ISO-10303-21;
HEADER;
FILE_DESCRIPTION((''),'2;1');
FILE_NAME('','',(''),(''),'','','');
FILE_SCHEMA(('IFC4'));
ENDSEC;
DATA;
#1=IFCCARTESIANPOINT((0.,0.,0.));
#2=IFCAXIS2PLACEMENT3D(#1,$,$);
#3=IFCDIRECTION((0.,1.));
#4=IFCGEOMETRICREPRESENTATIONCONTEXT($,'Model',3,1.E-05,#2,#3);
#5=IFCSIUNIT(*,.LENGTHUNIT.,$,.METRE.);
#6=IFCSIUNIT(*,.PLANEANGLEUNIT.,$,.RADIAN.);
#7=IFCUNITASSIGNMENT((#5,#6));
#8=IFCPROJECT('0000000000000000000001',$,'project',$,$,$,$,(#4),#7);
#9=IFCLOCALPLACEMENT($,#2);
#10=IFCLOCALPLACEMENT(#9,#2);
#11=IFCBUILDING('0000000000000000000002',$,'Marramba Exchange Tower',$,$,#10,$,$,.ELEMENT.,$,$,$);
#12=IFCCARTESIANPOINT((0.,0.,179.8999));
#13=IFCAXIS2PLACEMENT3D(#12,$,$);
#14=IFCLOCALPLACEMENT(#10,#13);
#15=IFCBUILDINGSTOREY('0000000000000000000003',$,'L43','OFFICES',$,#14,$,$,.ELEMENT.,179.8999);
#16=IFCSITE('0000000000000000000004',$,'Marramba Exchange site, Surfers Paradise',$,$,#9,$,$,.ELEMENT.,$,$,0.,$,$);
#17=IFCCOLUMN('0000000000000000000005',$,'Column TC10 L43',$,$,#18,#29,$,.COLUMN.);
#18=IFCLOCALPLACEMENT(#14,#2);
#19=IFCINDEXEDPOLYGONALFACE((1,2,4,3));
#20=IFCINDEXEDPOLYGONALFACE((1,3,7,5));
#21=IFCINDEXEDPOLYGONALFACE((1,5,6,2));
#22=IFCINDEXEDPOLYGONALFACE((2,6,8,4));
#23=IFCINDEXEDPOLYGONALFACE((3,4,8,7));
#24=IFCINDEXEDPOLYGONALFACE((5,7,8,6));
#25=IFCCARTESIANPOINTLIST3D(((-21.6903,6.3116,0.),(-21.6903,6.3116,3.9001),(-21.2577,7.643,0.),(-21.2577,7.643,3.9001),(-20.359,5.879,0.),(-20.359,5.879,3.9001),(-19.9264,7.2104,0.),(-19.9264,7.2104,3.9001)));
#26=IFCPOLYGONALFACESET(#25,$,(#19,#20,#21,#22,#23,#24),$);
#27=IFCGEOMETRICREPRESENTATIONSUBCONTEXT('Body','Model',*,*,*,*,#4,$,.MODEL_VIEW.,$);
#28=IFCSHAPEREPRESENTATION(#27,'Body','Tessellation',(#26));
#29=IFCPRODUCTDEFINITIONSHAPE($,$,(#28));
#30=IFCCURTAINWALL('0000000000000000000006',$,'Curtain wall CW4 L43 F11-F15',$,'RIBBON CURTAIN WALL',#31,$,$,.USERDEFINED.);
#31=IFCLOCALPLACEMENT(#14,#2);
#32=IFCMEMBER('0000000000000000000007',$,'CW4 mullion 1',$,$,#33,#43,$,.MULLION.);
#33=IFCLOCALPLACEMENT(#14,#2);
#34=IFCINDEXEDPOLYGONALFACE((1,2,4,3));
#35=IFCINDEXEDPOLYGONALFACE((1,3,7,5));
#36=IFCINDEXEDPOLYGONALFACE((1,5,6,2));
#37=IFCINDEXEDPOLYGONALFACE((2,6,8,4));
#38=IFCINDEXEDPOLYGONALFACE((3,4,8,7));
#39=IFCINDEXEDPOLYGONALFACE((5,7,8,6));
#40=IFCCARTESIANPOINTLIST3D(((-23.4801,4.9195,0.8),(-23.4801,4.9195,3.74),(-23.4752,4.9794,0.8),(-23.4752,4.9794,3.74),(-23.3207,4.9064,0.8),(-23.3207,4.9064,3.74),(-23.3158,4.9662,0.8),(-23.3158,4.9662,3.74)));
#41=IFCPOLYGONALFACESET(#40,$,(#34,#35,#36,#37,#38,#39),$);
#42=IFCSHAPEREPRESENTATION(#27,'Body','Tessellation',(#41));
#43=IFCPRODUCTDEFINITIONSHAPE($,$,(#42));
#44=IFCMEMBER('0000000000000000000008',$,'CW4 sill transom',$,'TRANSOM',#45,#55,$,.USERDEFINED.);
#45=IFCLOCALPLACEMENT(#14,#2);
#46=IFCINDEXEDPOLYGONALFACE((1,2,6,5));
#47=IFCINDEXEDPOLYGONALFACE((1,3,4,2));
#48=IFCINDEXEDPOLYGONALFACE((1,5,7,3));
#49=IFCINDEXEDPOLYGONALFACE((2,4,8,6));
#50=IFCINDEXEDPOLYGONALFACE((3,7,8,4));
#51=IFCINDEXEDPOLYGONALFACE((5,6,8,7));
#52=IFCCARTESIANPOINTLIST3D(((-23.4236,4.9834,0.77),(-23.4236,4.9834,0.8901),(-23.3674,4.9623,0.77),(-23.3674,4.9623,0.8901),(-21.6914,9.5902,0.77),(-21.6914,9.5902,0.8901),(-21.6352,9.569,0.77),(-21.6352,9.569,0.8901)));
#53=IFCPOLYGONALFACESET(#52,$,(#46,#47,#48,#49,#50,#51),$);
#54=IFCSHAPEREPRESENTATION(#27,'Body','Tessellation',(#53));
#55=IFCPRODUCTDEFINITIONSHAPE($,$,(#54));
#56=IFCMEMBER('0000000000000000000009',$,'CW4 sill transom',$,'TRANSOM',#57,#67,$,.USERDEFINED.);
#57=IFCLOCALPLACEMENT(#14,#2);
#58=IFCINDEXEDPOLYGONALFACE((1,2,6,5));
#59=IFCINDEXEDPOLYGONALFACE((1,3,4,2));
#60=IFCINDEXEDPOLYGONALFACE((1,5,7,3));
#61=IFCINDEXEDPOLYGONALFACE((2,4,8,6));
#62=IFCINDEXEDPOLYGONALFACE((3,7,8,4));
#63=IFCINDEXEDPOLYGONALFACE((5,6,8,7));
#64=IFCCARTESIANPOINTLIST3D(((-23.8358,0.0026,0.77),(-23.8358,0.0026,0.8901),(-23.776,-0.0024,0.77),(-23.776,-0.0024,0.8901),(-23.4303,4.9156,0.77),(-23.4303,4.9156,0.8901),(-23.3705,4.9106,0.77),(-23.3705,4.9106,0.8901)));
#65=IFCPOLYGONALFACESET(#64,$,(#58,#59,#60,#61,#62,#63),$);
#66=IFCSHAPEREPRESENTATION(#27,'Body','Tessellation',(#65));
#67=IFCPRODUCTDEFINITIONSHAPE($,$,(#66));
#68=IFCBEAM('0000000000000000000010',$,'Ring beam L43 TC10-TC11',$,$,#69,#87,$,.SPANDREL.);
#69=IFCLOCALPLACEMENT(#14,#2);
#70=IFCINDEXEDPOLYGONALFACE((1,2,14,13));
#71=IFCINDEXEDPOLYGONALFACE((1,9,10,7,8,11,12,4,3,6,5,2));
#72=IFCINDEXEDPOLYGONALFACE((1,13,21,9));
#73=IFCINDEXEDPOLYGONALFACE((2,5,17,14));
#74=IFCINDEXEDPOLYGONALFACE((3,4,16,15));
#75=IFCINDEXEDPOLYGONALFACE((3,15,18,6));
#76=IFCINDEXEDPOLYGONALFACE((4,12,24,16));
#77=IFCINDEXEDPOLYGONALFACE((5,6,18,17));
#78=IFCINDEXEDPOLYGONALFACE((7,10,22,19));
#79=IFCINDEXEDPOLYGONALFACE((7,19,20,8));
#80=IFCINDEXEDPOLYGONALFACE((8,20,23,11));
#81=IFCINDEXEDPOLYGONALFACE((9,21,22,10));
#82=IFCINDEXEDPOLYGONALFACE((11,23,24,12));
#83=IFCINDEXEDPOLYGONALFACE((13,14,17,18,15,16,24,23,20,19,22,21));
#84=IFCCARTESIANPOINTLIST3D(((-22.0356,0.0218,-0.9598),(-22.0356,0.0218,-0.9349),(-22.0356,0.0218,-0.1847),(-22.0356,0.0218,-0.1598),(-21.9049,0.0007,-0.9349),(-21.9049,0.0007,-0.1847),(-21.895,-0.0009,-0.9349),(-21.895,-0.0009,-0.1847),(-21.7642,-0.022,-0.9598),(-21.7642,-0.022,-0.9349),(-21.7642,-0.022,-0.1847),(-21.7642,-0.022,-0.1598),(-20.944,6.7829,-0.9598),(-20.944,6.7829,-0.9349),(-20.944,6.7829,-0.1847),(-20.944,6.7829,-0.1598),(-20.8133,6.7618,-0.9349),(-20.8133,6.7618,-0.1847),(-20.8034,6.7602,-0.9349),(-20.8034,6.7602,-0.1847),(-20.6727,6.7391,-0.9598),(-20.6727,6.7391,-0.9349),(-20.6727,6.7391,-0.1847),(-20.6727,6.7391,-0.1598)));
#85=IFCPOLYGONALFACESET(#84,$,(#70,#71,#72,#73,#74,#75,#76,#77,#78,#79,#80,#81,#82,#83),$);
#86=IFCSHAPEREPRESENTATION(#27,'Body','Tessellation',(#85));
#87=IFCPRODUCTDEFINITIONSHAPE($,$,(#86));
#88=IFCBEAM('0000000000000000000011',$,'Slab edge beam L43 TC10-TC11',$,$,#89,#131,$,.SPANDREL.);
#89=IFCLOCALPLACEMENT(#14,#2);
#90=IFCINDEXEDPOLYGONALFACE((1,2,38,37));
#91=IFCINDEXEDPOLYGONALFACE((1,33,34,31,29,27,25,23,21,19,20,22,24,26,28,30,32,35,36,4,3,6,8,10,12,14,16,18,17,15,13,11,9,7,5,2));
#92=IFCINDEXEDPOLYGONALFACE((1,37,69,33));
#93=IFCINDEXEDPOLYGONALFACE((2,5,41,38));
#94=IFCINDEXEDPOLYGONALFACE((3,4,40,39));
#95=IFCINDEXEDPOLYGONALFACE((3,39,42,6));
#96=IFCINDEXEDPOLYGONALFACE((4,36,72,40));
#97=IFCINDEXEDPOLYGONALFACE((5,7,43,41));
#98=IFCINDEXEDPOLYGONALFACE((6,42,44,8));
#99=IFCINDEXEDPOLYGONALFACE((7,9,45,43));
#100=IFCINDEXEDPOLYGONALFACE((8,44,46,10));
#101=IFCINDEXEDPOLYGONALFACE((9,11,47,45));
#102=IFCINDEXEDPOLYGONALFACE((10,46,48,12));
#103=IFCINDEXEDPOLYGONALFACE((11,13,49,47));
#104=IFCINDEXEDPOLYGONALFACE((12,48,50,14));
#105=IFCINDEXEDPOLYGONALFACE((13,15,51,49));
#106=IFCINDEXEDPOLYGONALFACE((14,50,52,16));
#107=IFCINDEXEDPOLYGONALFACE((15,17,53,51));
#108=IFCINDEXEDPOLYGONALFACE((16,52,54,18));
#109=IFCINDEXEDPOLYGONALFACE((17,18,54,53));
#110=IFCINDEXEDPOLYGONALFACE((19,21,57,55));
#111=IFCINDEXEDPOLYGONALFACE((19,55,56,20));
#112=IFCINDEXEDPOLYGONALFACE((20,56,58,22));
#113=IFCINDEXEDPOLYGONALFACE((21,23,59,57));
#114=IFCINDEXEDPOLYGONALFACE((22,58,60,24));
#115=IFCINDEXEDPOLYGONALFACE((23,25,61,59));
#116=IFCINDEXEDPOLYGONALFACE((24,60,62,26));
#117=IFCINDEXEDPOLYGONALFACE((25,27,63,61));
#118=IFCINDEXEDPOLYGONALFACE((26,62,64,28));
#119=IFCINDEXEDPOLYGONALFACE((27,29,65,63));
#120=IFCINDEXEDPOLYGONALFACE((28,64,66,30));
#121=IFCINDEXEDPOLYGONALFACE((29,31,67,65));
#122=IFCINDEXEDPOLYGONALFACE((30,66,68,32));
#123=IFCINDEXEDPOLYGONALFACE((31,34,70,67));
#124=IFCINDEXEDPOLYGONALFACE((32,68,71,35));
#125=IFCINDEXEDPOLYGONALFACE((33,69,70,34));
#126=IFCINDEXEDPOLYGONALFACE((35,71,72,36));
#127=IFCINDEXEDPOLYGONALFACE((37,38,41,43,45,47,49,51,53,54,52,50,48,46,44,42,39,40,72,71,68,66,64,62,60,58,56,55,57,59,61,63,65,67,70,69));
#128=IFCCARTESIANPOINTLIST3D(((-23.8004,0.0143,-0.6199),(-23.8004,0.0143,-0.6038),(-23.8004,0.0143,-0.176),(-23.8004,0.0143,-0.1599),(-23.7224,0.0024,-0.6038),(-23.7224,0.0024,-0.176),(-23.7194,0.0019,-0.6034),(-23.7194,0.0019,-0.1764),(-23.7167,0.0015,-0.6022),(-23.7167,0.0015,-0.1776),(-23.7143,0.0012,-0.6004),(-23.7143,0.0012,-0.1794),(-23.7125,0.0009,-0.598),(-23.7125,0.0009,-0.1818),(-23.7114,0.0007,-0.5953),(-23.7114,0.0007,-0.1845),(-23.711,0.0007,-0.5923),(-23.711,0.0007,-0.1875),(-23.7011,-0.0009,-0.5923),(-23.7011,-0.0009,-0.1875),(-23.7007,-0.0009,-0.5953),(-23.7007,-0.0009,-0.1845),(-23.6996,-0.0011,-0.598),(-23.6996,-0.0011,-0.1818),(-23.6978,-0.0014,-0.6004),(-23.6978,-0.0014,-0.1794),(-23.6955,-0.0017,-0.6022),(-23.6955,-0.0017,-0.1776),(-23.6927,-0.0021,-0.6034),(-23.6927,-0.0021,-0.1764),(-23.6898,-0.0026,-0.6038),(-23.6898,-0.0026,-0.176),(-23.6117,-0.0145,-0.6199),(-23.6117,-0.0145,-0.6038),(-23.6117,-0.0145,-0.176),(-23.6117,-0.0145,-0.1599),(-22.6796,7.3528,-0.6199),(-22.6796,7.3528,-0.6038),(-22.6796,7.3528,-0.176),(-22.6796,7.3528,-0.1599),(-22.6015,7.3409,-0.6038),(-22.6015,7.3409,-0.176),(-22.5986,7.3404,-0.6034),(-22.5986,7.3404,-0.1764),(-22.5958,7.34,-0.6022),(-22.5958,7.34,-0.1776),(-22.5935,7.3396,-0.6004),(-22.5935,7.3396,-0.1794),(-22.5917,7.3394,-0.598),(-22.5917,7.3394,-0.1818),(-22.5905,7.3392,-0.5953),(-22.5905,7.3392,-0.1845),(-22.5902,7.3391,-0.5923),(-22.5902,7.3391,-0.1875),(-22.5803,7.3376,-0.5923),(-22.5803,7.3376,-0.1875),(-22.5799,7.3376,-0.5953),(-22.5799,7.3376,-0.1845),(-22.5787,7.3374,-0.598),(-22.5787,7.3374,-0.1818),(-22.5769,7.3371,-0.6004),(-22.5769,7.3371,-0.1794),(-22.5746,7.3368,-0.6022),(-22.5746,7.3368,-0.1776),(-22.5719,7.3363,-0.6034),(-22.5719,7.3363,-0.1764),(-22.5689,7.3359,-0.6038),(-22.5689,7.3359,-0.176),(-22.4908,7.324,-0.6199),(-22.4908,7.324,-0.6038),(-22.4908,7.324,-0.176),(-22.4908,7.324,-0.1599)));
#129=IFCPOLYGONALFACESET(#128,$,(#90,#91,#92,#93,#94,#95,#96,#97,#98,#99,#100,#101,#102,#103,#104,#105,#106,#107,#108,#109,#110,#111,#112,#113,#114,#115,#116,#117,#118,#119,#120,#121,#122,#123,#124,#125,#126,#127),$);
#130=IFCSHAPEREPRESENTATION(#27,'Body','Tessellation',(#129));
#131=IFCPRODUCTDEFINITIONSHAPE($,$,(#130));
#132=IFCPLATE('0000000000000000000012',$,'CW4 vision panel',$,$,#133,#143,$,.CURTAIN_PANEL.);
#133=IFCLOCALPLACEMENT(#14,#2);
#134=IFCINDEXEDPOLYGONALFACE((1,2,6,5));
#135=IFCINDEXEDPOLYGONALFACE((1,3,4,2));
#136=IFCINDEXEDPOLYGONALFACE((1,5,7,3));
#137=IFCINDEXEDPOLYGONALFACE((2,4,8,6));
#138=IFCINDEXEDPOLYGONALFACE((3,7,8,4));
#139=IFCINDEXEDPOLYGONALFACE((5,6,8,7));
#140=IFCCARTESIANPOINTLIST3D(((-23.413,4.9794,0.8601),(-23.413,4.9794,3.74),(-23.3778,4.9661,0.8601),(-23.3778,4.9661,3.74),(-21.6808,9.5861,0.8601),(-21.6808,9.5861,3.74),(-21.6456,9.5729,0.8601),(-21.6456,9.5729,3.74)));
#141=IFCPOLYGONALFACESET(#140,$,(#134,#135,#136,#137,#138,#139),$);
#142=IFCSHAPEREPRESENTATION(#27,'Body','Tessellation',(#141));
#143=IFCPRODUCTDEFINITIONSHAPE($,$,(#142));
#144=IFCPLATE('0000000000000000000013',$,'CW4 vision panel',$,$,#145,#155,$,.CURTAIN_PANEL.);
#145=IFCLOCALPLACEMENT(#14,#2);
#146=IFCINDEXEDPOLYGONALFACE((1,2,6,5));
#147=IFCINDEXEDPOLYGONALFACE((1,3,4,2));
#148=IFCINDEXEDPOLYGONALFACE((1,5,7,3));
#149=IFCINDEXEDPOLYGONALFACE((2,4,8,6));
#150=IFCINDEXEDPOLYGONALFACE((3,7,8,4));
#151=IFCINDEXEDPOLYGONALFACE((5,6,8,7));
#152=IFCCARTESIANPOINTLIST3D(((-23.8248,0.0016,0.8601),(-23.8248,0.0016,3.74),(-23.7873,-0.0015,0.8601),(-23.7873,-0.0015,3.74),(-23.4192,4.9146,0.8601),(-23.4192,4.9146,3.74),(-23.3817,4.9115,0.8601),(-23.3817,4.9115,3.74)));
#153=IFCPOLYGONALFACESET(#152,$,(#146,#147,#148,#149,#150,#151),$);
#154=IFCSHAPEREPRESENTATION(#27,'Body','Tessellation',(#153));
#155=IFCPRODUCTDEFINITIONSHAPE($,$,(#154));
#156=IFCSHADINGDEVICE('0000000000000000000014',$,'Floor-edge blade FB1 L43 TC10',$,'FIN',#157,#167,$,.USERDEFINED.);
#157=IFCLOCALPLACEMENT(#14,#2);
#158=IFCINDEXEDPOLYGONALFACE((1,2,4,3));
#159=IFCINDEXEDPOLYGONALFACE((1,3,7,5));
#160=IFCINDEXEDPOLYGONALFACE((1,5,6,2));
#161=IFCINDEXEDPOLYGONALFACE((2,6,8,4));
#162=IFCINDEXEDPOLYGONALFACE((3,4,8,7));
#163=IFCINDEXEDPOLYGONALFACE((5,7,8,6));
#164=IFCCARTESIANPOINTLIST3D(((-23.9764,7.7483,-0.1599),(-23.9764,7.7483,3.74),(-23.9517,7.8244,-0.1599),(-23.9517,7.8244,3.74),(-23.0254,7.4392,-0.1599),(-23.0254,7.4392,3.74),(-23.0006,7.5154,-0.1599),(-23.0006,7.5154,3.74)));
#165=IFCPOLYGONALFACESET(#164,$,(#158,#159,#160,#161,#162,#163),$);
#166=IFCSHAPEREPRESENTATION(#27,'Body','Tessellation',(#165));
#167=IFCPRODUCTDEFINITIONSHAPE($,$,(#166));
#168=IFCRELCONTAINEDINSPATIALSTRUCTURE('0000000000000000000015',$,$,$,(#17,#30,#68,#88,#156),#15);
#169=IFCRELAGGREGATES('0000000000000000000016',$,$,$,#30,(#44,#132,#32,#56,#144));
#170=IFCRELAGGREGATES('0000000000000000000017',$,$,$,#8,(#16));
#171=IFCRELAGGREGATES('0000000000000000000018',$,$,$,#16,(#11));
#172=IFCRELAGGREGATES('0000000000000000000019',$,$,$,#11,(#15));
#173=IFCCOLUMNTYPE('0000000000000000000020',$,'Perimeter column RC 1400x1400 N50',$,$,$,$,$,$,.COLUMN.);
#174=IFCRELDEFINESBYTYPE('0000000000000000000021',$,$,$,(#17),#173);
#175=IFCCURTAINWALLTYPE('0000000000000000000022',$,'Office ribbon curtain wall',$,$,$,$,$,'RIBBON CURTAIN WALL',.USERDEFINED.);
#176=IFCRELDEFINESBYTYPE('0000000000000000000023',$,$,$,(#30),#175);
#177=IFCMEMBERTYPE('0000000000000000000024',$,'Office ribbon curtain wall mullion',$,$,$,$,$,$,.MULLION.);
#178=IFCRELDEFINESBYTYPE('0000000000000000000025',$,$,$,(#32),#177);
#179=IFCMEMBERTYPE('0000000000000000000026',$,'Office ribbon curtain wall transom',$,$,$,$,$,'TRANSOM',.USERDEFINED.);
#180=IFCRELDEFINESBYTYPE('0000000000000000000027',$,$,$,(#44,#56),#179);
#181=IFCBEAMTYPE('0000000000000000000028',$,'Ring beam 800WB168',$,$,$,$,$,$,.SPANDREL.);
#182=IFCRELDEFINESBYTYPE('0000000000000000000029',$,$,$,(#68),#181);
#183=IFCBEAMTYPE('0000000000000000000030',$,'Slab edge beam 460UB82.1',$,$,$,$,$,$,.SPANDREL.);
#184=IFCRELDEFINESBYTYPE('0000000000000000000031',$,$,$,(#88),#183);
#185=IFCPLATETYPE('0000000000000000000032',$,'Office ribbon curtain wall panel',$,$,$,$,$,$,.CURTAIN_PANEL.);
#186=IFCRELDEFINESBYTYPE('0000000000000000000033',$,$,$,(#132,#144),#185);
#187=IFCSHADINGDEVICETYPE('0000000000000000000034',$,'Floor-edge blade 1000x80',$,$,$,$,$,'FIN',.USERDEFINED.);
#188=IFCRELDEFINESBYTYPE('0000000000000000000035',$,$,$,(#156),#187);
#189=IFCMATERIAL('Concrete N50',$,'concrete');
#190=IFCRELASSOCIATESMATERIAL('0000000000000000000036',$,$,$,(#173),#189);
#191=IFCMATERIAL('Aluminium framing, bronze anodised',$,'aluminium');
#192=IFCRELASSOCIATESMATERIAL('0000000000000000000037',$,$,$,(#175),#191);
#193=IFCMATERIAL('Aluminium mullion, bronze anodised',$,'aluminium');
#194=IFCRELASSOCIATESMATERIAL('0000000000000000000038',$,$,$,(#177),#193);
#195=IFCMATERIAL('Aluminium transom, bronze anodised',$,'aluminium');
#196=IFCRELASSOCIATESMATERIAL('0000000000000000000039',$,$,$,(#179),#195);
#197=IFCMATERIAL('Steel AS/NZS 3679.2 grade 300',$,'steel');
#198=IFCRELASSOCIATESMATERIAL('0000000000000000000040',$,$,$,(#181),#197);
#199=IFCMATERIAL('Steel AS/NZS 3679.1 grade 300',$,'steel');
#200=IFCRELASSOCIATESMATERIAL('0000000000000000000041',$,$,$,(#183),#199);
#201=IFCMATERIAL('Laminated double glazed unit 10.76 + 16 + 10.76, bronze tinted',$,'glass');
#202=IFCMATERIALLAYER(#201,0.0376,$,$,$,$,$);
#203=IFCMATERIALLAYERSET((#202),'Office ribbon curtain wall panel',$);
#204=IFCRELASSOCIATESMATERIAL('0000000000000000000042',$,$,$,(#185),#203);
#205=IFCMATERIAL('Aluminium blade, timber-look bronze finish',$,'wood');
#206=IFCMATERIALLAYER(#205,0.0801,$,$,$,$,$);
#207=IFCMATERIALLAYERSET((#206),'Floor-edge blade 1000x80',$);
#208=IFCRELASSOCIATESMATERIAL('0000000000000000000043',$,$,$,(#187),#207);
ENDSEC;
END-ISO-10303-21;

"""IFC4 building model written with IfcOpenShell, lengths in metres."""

from ifc_helpers import new_model, si_unit, direction, frame, origin, origin_2d, place, context, subcontext, project, spatial, rectangle, i_section, extrude, material, layer, layer_set, material_profile, profile_set, type_object, element, aggregate, save


model = new_model("IFC4")

# Units and contexts
model_context = context("Model", 3, precision=1e-05, world=origin(), true_north=direction((0.0, 1.0)))
body_context = subcontext(model_context, "Body", "Model", "MODEL_VIEW")
ifc_project = project(units=[si_unit("LENGTHUNIT", "METRE"), si_unit("PLANEANGLEUNIT", "RADIAN")], contexts=[model_context])

# Site, building, storey
site_placement = place(None, origin())
site = spatial("IfcSite", under=ifc_project, at=site_placement, Name="Marramba Exchange site, Surfers Paradise", CompositionType="ELEMENT", RefElevation=0.0)
building_placement = place(site_placement, origin())
building = spatial("IfcBuilding", under=site, at=building_placement, Name="Marramba Exchange Tower", CompositionType="ELEMENT")
storey_placement = place(building_placement, frame((0.0, 0.0, 179.8999)))
storey = spatial("IfcBuildingStorey", under=building, at=storey_placement, Name="L43", Description="OFFICES", CompositionType="ELEMENT", Elevation=179.8999)

# Column
ifc_material_1 = material(Name="Concrete N50", Category="concrete")
ifc_material_profile_1 = material_profile(ifc_material_1, rectangle(XDim=1.3999, YDim=1.3999, at=origin_2d()), Name="RC 1400x1400")
ifc_profile_set_1 = profile_set([ifc_material_profile_1], Name="Concrete N50")
column_type = type_object("IfcColumnType", Name="Perimeter column RC 1400x1400 N50", PredefinedType="COLUMN", material=ifc_profile_set_1)
column_placement = place(storey_placement, frame((-20.8083, 6.761, 0.0), z_axis=(0.0, 0.0, 1.0), x_axis=(-0.951057, 0.309017, 0.0)))
element("IfcColumn", 1, at=column_placement, inside=storey, type_object=column_type, Name="Column TC10 L43", PredefinedType="COLUMN", context=body_context, shape_type="SweptSolid", body=[
    extrude(rectangle(XDim=1.3999, YDim=1.3999, at=origin_2d()), origin(), (0.0, 0.0, 1.0), 3.9001),
])

# Curtain wall, members
ifc_material_2 = material(Name="Aluminium framing, bronze anodised", Category="aluminium")
curtain_wall_type = type_object("IfcCurtainWallType", Name="Office ribbon curtain wall", ElementType="RIBBON CURTAIN WALL", PredefinedType="USERDEFINED", material=ifc_material_2)
curtain_wall_placement = place(storey_placement, origin())
curtain_wall = element("IfcCurtainWall", 2, at=curtain_wall_placement, inside=storey, type_object=curtain_wall_type, Name="Curtain wall CW4 L43 F11-F15", ObjectType="RIBBON CURTAIN WALL", PredefinedType="USERDEFINED")
ifc_material_3 = material(Name="Aluminium mullion, bronze anodised", Category="aluminium")
ifc_material_profile_2 = material_profile(ifc_material_3, rectangle(XDim=0.1599, YDim=0.0601, at=origin_2d()), Name="CW4 mullion 60x160")
ifc_profile_set_2 = profile_set([ifc_material_profile_2], Name="Aluminium mullion, bronze anodised")
member_type_1 = type_object("IfcMemberType", Name="Office ribbon curtain wall mullion", PredefinedType="MULLION", material=ifc_profile_set_2)
member_1_placement = place(storey_placement, frame((-23.3979, 4.9429, 0.8), z_axis=(0.0, 0.0, 1.0), x_axis=(0.996609, -0.082281, 0.0)))
member_1 = element("IfcMember", 3, at=member_1_placement, type_object=member_type_1, Name="CW4 mullion 1", PredefinedType="MULLION", context=body_context, shape_type="SweptSolid", body=[
    extrude(rectangle(XDim=0.1599, YDim=0.0601, at=origin_2d()), origin(), (0.0, 0.0, 1.0), 2.9399),
])
ifc_material_4 = material(Name="Aluminium transom, bronze anodised", Category="aluminium")
ifc_material_profile_3 = material_profile(ifc_material_4, rectangle(XDim=0.0601, YDim=0.1201, at=origin_2d()), Name="CW4 transom 60x120")
ifc_profile_set_3 = profile_set([ifc_material_profile_3], Name="Aluminium transom, bronze anodised")
member_type_2 = type_object("IfcMemberType", Name="Office ribbon curtain wall transom", ElementType="TRANSOM", PredefinedType="USERDEFINED", material=ifc_profile_set_3)
member_2_placement = place(storey_placement, frame((-21.6633, 9.5796, 0.8301), z_axis=(-0.351955, -0.936017, 0.0), x_axis=(0.936017, -0.351955, 0.0)))
member_2 = element("IfcMember", 4, at=member_2_placement, type_object=member_type_2, Name="CW4 sill transom", ObjectType="TRANSOM", PredefinedType="USERDEFINED", context=body_context, shape_type="SweptSolid", body=[
    extrude(rectangle(XDim=0.0601, YDim=0.1201, at=origin_2d()), origin(), (0.0, 0.0, 1.0), 4.9216),
])
member_3_placement = place(storey_placement, frame((-23.4004, 4.9131, 0.8301), z_axis=(-0.082259, -0.996611, 0.0), x_axis=(0.996611, -0.082259, 0.0)))
member_3 = element("IfcMember", 5, at=member_3_placement, type_object=member_type_2, Name="CW4 sill transom", ObjectType="TRANSOM", PredefinedType="USERDEFINED", context=body_context, shape_type="SweptSolid", body=[
    extrude(rectangle(XDim=0.0601, YDim=0.1201, at=origin_2d()), origin(), (0.0, 0.0, 1.0), 4.9297),
])

# Beams
ifc_material_5 = material(Name="Steel AS/NZS 3679.2 grade 300", Category="steel")
ifc_material_profile_4 = material_profile(ifc_material_5, i_section(OverallWidth=0.2749, OverallDepth=0.8, WebThickness=0.01, FlangeThickness=0.0249, at=origin_2d()), Name="800WB168")
ifc_profile_set_4 = profile_set([ifc_material_profile_4], Name="Steel AS/NZS 3679.2 grade 300")
beam_type_1 = type_object("IfcBeamType", Name="Ring beam 800WB168", PredefinedType="SPANDREL", material=ifc_profile_set_4)
beam_1_placement = place(storey_placement, frame((-20.8083, 6.761, -0.5598), z_axis=(-0.159385, -0.987217, 0.0), x_axis=(0.987217, -0.159385, 0.0)))
element("IfcBeam", 6, at=beam_1_placement, inside=storey, type_object=beam_type_1, Name="Ring beam L43 TC10-TC11", PredefinedType="SPANDREL", context=body_context, shape_type="SweptSolid", body=[
    extrude(i_section(OverallWidth=0.2749, OverallDepth=0.8, WebThickness=0.01, FlangeThickness=0.0249, at=origin_2d()), origin(), (0.0, 0.0, 1.0), 6.8486),
])
ifc_material_6 = material(Name="Steel AS/NZS 3679.1 grade 300", Category="steel")
ifc_material_profile_5 = material_profile(ifc_material_6, i_section(OverallWidth=0.1909, OverallDepth=0.46, WebThickness=0.01, FlangeThickness=0.0161, FilletRadius=0.0115, at=origin_2d()), Name="460UB82.1")
ifc_profile_set_5 = profile_set([ifc_material_profile_5], Name="Steel AS/NZS 3679.1 grade 300")
beam_type_2 = type_object("IfcBeamType", Name="Slab edge beam 460UB82.1", PredefinedType="SPANDREL", material=ifc_profile_set_5)
beam_2_placement = place(storey_placement, frame((-22.5852, 7.3384, -0.3899), z_axis=(-0.150987, -0.988536, 0.0), x_axis=(0.988536, -0.150987, 0.0)))
element("IfcBeam", 7, at=beam_2_placement, inside=storey, type_object=beam_type_2, Name="Slab edge beam L43 TC10-TC11", PredefinedType="SPANDREL", context=body_context, shape_type="SweptSolid", body=[
    extrude(i_section(OverallWidth=0.1909, OverallDepth=0.46, WebThickness=0.01, FlangeThickness=0.0161, FilletRadius=0.0115, at=origin_2d()), origin(), (0.0, 0.0, 1.0), 7.4236),
])

# Plates
ifc_material_7 = material(Name="Laminated double glazed unit 10.76 + 16 + 10.76, bronze tinted", Category="glass")
ifc_layer_1 = layer(ifc_material_7, 0.0376)
ifc_layer_set_1 = layer_set([ifc_layer_1], Name="Office ribbon curtain wall panel")
plate_type = type_object("IfcPlateType", Name="Office ribbon curtain wall panel", PredefinedType="CURTAIN_PANEL", material=ifc_layer_set_1)
plate_1_placement = place(storey_placement, frame((-22.5293, 7.2761, 0.8601), z_axis=(0.0, 0.0, 1.0), x_axis=(-0.351952, -0.936018, 0.0)))
plate_1 = element("IfcPlate", 8, at=plate_1_placement, type_object=plate_type, Name="CW4 vision panel", PredefinedType="CURTAIN_PANEL", context=body_context, shape_type="SweptSolid", body=[
    extrude(rectangle(XDim=4.9216, YDim=0.0376, at=origin_2d()), origin(), (0.0, 0.0, 1.0), 2.8799),
])
plate_2_placement = place(storey_placement, frame((-23.6033, 2.4565, 0.8601), z_axis=(0.0, 0.0, 1.0), x_axis=(-0.082281, -0.996609, 0.0)))
plate_2 = element("IfcPlate", 9, at=plate_2_placement, type_object=plate_type, Name="CW4 vision panel", PredefinedType="CURTAIN_PANEL", context=body_context, shape_type="SweptSolid", body=[
    extrude(rectangle(XDim=4.9297, YDim=0.0376, at=origin_2d()), origin(), (0.0, 0.0, 1.0), 2.8799),
])
aggregate(curtain_wall, [member_2, plate_1, member_1, member_3, plate_2])

# Shading device
ifc_material_8 = material(Name="Aluminium blade, timber-look bronze finish", Category="wood")
ifc_layer_2 = layer(ifc_material_8, 0.0801)
ifc_layer_set_2 = layer_set([ifc_layer_2], Name="Floor-edge blade 1000x80")
shading_device_type_1 = type_object("IfcShadingDeviceType", Name="Floor-edge blade 1000x80", ElementType="FIN", PredefinedType="USERDEFINED", material=ifc_layer_set_2)
shading_device_1_placement = place(storey_placement, frame((-23.4885, 7.6318, -0.1599), z_axis=(0.0, 0.0, 1.0), x_axis=(-0.951057, 0.309017, 0.0)))
element("IfcShadingDevice", 10, at=shading_device_1_placement, inside=storey, type_object=shading_device_type_1, Name="Floor-edge blade FB1 L43 TC10", ObjectType="FIN", PredefinedType="USERDEFINED", context=body_context, shape_type="SweptSolid", body=[
    extrude(rectangle(XDim=1.0, YDim=0.0801, at=origin_2d()), origin(), (0.0, 0.0, 1.0), 3.8999),
])

save(model, "model.ifc")
